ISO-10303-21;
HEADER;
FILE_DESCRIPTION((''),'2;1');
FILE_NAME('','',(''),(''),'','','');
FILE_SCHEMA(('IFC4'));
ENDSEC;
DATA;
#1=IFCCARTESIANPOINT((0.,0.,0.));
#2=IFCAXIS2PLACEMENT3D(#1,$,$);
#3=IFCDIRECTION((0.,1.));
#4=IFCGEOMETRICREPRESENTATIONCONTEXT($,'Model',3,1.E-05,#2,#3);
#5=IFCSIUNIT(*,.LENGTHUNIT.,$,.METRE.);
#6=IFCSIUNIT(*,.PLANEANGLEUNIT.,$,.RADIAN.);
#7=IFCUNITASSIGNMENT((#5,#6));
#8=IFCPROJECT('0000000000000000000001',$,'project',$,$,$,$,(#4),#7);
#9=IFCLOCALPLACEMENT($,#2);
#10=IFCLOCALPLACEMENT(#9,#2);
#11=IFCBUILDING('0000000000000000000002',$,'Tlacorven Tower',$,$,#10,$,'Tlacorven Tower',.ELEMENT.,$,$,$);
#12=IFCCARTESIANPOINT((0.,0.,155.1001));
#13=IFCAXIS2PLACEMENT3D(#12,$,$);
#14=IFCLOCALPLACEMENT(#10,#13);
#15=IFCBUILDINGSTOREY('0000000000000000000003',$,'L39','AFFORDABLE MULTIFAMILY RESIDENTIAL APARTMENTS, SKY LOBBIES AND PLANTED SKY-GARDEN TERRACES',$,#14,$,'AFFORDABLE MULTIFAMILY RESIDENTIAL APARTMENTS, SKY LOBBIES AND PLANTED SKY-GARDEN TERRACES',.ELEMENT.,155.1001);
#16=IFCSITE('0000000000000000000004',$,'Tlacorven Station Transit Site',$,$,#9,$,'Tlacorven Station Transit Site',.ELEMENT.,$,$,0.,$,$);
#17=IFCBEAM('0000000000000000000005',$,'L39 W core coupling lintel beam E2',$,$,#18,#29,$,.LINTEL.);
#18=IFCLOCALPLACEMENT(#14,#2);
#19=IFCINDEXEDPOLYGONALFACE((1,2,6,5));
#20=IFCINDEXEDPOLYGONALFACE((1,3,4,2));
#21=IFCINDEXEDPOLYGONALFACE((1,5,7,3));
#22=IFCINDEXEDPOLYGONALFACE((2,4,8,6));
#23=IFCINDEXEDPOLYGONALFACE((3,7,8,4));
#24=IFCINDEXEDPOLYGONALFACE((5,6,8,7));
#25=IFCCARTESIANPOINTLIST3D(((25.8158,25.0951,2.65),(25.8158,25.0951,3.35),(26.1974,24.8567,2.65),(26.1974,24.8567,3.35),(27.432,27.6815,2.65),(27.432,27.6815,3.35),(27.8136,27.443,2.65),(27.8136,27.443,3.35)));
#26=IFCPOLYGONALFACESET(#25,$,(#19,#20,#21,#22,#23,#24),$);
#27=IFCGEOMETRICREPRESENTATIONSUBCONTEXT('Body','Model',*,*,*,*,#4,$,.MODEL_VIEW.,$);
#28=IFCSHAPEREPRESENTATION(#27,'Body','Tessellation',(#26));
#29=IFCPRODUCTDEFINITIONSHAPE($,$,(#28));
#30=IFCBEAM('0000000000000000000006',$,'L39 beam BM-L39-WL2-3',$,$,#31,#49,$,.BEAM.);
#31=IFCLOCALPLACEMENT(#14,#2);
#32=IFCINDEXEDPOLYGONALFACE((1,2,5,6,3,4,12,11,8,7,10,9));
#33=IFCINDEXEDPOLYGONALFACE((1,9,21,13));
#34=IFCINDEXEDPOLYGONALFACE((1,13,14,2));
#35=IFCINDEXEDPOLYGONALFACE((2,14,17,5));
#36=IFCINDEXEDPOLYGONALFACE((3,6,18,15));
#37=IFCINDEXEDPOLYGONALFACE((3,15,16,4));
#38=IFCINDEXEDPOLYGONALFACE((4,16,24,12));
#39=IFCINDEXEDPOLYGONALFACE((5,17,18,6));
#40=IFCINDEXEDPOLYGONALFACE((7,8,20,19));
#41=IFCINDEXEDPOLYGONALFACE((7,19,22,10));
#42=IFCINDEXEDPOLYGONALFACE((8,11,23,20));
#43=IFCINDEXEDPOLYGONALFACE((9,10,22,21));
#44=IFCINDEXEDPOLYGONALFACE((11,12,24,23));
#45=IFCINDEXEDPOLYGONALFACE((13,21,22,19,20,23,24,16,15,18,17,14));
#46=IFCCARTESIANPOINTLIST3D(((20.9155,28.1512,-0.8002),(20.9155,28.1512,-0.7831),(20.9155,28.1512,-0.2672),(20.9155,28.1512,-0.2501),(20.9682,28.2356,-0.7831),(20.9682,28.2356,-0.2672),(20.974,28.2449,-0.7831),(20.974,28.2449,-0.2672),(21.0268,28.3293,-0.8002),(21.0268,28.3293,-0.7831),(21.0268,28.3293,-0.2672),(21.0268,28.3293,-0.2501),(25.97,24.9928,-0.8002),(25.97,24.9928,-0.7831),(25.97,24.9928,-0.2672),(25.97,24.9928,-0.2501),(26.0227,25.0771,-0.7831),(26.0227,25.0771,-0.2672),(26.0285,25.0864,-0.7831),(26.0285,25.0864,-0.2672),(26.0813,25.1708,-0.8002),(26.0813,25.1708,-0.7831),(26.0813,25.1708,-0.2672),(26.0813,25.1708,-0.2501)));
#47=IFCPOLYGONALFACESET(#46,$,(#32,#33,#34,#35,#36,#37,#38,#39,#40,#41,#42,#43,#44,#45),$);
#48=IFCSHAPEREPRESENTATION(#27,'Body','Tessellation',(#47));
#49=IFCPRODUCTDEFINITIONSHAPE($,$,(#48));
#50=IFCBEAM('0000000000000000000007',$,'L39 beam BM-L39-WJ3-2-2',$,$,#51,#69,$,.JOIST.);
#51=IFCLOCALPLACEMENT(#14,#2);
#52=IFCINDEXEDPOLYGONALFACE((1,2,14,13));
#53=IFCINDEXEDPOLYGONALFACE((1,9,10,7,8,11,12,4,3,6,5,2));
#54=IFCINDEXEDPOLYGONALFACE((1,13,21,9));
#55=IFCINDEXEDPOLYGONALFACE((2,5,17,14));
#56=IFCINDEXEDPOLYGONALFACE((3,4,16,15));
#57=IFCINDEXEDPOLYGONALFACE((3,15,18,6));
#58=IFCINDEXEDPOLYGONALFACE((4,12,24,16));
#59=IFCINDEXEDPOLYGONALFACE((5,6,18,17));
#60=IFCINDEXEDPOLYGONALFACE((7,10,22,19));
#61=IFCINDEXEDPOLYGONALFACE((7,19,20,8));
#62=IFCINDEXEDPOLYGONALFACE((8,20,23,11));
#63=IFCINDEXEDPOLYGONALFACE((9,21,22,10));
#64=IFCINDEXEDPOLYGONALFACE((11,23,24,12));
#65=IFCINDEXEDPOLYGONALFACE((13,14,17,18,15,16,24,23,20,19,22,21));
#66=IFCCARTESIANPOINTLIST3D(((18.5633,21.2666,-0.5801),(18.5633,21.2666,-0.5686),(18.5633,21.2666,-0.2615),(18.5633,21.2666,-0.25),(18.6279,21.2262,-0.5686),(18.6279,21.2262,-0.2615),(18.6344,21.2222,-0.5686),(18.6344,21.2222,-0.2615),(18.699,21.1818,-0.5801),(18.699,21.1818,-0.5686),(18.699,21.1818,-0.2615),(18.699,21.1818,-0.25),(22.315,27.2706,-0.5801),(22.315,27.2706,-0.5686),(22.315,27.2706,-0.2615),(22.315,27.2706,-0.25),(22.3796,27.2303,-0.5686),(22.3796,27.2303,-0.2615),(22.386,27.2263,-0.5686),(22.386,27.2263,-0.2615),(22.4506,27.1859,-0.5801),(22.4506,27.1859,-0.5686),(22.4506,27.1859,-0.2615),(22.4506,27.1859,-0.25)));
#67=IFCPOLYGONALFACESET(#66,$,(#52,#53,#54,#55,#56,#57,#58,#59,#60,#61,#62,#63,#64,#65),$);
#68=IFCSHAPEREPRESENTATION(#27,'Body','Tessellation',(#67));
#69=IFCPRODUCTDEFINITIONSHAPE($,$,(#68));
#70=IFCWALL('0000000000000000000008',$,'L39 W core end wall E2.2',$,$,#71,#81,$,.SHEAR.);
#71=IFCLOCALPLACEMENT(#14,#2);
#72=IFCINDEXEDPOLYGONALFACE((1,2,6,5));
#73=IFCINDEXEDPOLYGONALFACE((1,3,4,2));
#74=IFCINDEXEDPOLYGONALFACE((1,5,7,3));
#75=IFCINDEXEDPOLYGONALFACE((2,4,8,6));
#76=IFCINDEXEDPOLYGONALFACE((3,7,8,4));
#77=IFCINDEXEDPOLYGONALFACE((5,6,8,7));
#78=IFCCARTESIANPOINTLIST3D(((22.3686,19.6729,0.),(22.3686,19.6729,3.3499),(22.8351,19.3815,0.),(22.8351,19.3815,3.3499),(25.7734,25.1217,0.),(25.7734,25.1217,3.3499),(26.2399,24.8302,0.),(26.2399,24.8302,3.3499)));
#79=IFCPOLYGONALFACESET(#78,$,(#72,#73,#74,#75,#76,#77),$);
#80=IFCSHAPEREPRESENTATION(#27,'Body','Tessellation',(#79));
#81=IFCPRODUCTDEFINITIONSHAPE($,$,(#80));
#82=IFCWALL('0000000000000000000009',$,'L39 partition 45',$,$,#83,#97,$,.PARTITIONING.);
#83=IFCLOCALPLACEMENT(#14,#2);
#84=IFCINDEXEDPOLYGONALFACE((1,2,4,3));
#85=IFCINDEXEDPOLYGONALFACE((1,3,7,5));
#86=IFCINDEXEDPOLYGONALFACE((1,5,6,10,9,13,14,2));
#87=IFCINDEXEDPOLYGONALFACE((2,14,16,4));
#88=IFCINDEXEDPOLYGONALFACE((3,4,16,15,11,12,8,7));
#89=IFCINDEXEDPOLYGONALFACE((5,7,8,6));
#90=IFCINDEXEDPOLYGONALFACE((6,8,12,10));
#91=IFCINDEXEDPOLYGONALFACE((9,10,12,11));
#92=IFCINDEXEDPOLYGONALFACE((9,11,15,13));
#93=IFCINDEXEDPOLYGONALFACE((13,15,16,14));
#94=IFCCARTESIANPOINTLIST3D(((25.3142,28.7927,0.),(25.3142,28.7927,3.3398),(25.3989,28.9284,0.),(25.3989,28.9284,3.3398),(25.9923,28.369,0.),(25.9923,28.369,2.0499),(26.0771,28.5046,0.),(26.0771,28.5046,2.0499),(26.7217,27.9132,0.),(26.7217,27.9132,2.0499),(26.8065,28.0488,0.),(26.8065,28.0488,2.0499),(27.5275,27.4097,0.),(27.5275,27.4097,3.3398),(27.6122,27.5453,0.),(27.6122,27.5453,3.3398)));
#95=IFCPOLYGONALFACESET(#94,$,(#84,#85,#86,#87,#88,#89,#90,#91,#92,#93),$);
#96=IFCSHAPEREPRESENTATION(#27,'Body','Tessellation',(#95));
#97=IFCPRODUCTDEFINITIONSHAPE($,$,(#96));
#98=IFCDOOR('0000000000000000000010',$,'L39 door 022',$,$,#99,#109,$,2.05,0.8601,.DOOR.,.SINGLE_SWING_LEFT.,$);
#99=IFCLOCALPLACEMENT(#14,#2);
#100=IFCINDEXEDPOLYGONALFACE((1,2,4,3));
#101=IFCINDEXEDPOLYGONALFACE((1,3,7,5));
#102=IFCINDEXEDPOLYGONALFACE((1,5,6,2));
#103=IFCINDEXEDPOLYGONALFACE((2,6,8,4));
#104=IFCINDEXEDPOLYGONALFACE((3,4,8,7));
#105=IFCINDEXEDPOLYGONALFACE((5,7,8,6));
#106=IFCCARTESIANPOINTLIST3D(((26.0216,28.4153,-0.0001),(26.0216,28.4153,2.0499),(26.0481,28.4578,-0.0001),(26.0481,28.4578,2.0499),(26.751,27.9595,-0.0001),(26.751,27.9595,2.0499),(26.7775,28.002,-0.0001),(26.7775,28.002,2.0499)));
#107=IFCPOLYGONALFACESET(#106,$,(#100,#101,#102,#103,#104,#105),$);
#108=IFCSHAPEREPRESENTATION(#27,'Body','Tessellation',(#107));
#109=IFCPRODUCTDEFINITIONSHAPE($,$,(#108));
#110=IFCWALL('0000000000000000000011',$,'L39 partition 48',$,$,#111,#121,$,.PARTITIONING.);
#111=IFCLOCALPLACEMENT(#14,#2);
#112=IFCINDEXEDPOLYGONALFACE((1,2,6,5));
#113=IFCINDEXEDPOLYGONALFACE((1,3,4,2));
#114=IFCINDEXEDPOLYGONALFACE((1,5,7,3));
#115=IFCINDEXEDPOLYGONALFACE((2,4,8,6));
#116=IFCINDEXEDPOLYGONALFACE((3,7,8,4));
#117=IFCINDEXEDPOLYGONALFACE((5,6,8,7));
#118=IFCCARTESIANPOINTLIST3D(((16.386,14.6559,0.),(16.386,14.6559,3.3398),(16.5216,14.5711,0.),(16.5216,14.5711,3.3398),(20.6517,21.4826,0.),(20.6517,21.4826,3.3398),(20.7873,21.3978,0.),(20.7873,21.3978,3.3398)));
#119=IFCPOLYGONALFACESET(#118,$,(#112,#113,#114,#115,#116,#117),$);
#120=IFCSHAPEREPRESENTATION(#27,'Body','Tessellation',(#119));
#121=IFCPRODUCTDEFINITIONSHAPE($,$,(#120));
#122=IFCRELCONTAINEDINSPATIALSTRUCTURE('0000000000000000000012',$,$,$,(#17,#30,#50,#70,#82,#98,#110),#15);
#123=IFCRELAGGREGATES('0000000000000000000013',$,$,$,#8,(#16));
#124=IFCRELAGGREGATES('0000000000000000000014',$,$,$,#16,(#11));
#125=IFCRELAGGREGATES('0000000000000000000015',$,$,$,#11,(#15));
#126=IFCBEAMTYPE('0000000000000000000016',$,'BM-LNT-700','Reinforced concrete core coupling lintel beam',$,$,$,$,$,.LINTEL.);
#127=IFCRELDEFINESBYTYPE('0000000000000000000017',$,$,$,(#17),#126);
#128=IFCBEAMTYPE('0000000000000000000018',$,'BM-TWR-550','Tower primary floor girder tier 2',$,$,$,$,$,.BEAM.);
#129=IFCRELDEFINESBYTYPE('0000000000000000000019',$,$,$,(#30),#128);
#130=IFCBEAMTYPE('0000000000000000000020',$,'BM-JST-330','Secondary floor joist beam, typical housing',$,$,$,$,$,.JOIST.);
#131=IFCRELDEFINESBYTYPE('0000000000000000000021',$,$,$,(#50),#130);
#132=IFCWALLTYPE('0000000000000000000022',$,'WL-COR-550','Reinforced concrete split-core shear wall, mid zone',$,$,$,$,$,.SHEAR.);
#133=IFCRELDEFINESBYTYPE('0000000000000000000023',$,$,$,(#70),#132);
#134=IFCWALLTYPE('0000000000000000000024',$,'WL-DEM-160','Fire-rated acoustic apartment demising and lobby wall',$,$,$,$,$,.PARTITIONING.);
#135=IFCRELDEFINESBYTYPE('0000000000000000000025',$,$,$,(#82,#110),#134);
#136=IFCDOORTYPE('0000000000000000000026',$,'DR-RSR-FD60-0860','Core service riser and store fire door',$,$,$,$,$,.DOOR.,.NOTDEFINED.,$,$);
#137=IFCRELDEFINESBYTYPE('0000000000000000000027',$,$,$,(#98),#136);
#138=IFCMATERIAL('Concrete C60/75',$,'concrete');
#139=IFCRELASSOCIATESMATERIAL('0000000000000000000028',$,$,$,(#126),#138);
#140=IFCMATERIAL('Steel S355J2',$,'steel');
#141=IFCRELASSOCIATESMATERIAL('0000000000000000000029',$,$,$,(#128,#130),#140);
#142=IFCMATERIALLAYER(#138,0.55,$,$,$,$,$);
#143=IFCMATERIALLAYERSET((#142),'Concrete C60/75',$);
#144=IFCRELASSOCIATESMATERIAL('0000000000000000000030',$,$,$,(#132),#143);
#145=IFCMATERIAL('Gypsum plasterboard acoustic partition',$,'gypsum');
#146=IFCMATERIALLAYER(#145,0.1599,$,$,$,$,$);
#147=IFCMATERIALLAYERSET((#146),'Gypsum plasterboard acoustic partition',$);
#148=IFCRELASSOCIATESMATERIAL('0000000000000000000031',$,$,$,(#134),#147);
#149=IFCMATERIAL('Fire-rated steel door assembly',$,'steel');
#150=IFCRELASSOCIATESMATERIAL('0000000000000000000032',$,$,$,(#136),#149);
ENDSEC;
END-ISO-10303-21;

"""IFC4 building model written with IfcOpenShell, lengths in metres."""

from ifc_helpers import new_model, si_unit, direction, frame, frame_2d, origin, origin_2d, place, context, subcontext, project, spatial, rectangle, i_section, extrude, source, transform, mapped, material, layer, layer_set, material_profile, profile_set, type_object, element, fill, save


model = new_model("IFC4")

# Units and contexts
model_context = context("Model", 3, precision=1e-05, world=origin(), true_north=direction((0.0, 1.0)))
body_context = subcontext(model_context, "Body", "Model", "MODEL_VIEW")
ifc_project = project(units=[si_unit("LENGTHUNIT", "METRE"), si_unit("PLANEANGLEUNIT", "RADIAN")], contexts=[model_context])

# Site, building, storey
site_placement = place(None, origin())
site = spatial("IfcSite", under=ifc_project, at=site_placement, Name="Tlacorven Station Transit Site", LongName="Tlacorven Station Transit Site", CompositionType="ELEMENT", RefElevation=0.0)
building_placement = place(site_placement, origin())
building = spatial("IfcBuilding", under=site, at=building_placement, Name="Tlacorven Tower", LongName="Tlacorven Tower", CompositionType="ELEMENT")
storey_placement = place(building_placement, frame((0.0, 0.0, 155.1001)))
storey = spatial("IfcBuildingStorey", under=building, at=storey_placement, Name="L39", Description="AFFORDABLE MULTIFAMILY RESIDENTIAL APARTMENTS, SKY LOBBIES AND PLANTED SKY-GARDEN TERRACES", LongName="AFFORDABLE MULTIFAMILY RESIDENTIAL APARTMENTS, SKY LOBBIES AND PLANTED SKY-GARDEN TERRACES", CompositionType="ELEMENT", Elevation=155.1001)

# Beams
ifc_material_1 = material(Name="Concrete C60/75", Category="concrete")
ifc_material_profile_1 = material_profile(ifc_material_1, rectangle(XDim=0.45, YDim=0.7, at=origin_2d()), Name="RC 450X700")
ifc_profile_set_1 = profile_set([ifc_material_profile_1], Name="Concrete C60/75")
beam_type_1 = type_object("IfcBeamType", Name="BM-LNT-700", Description="Reinforced concrete core coupling lintel beam", PredefinedType="LINTEL", material=ifc_profile_set_1)
shared_shape_1 = source(origin(), body_context, "Body", "SweptSolid", [
    extrude(rectangle(XDim=0.45, YDim=0.7, at=origin_2d()), origin(), (0.0, 0.0, 1.0), 3.0498),
])
beam_1_placement = place(storey_placement, frame((27.6228, 27.5623, 3.0), z_axis=(-0.529927, -0.848043, 0.0), x_axis=(0.848043, -0.529927, 0.0)))
element("IfcBeam", 1, at=beam_1_placement, inside=storey, type_object=beam_type_1, Name="L39 W core coupling lintel beam E2", PredefinedType="LINTEL", context=body_context, shape_type="MappedRepresentation", body=[
    mapped(shared_shape_1, transform((0.0, 0.0, 0.0), scale=1.0)),
])
ifc_material_2 = material(Name="Steel S355J2", Category="steel")
ifc_material_profile_2 = material_profile(ifc_material_2, i_section(OverallWidth=0.21, OverallDepth=0.55, WebThickness=0.011, FlangeThickness=0.0171, at=origin_2d()), Name="IPE 550")
ifc_profile_set_2 = profile_set([ifc_material_profile_2], Name="Steel S355J2")
beam_type_2 = type_object("IfcBeamType", Name="BM-TWR-550", Description="Tower primary floor girder tier 2", PredefinedType="BEAM", material=ifc_profile_set_2)
shared_shape_2 = source(origin(), body_context, "Body", "SweptSolid", [
    extrude(i_section(OverallWidth=0.21, OverallDepth=0.55, WebThickness=0.011, FlangeThickness=0.0171, at=origin_2d()), origin(), (0.0, 0.0, 1.0), 5.9602),
])
beam_2_placement = place(storey_placement, frame((26.0256, 25.0818, -0.5251), z_axis=(-0.848042, 0.529929, 0.0), x_axis=(-0.529929, -0.848042, 0.0)))
element("IfcBeam", 2, at=beam_2_placement, inside=storey, type_object=beam_type_2, Name="L39 beam BM-L39-WL2-3", PredefinedType="BEAM", context=body_context, shape_type="MappedRepresentation", body=[
    mapped(shared_shape_2, transform((0.0, 0.0, 0.0), scale=1.0)),
])
ifc_material_profile_3 = material_profile(ifc_material_2, i_section(OverallWidth=0.1599, OverallDepth=0.3301, WebThickness=0.0076, FlangeThickness=0.0115, at=origin_2d()), Name="IPE 330")
ifc_profile_set_3 = profile_set([ifc_material_profile_3], Name="Steel S355J2")
beam_type_3 = type_object("IfcBeamType", Name="BM-JST-330", Description="Secondary floor joist beam, typical housing", PredefinedType="JOIST", material=ifc_profile_set_3)
shared_shape_3 = source(origin(), body_context, "Body", "SweptSolid", [
    extrude(i_section(OverallWidth=0.1599, OverallDepth=0.3301, WebThickness=0.0076, FlangeThickness=0.0115, at=origin_2d()), origin(), (0.0, 0.0, 1.0), 7.0798),
])
beam_3_placement = place(storey_placement, frame((22.3828, 27.2283, -0.415), z_axis=(-0.529909, -0.848054, 0.0), x_axis=(0.848054, -0.529909, 0.0)))
element("IfcBeam", 3, at=beam_3_placement, inside=storey, type_object=beam_type_3, Name="L39 beam BM-L39-WJ3-2-2", PredefinedType="JOIST", context=body_context, shape_type="MappedRepresentation", body=[
    mapped(shared_shape_3, transform((0.0, 0.0, 0.0), scale=1.0)),
])

# Wall
ifc_layer_1 = layer(ifc_material_1, 0.55)
ifc_layer_set_1 = layer_set([ifc_layer_1], Name="Concrete C60/75")
wall_type_1 = type_object("IfcWallType", Name="WL-COR-550", Description="Reinforced concrete split-core shear wall, mid zone", PredefinedType="SHEAR", material=ifc_layer_set_1)
wall_1_placement = place(storey_placement, frame((26.0066, 24.9758, 0.0), z_axis=(0.0, 0.0, 1.0), x_axis=(-0.529924, -0.848045, 0.0)))
element("IfcWall", 4, at=wall_1_placement, inside=storey, type_object=wall_type_1, Name="L39 W core end wall E2.2", PredefinedType="SHEAR", context=body_context, shape_type="SweptSolid", body=[
    extrude(rectangle(XDim=6.425, YDim=0.55, at=frame_2d((3.2124, 0.0))), origin(), (0.0, 0.0, 1.0), 3.3499),
])

# Wall, opening, door
ifc_material_3 = material(Name="Gypsum plasterboard acoustic partition", Category="gypsum")
ifc_layer_2 = layer(ifc_material_3, 0.1599)
ifc_layer_set_2 = layer_set([ifc_layer_2], Name="Gypsum plasterboard acoustic partition")
wall_type_2 = type_object("IfcWallType", Name="WL-DEM-160", Description="Fire-rated acoustic apartment demising and lobby wall", PredefinedType="PARTITIONING", material=ifc_layer_set_2)
wall_2_placement = place(storey_placement, frame((27.5698, 27.4775, 0.0), z_axis=(0.0, 0.0, 1.0), x_axis=(-0.848051, 0.529915, 0.0)))
wall_2 = element("IfcWall", 5, at=wall_2_placement, inside=storey, type_object=wall_type_2, Name="L39 partition 45", PredefinedType="PARTITIONING", context=body_context, shape_type="SweptSolid", body=[
    extrude(rectangle(XDim=2.6099, YDim=0.1599, at=frame_2d((1.3049, 0.0))), origin(), (0.0, 0.0, 1.0), 3.3398),
])
opening_1_placement = place(wall_2_placement, frame((0.95, 0.0, 0.0)))
opening_1 = element("IfcOpeningElement", 6, at=opening_1_placement, cuts=wall_2, PredefinedType="OPENING", context=body_context, shape_type="SweptSolid", body=[
    extrude(rectangle(XDim=0.8601, YDim=2.05, at=frame_2d((0.4302, 1.0249))), frame((0.0, 0.0898, 0.0), z_axis=(0.0, -1.0, 0.0), x_axis=(1.0, 0.0, 0.0)), (0.0, 0.0, 1.0), 0.1799),
])
ifc_material_4 = material(Name="Fire-rated steel door assembly", Category="steel")
door_type_1 = type_object("IfcDoorType", Name="DR-RSR-FD60-0860", Description="Core service riser and store fire door", OperationType="NOTDEFINED", PredefinedType="DOOR", material=ifc_material_4)
shared_shape_4 = source(origin(), body_context, "Body", "SweptSolid", [
    extrude(rectangle(XDim=0.8601, YDim=2.05, at=frame_2d((0.4302, 1.0249))), frame((0.0, 0.0249, 0.0), z_axis=(0.0, -1.0, 0.0), x_axis=(1.0, 0.0, 0.0)), (0.0, 0.0, 1.0), 0.05),
])
door_1_placement = place(opening_1_placement, frame((0.8601, 0.0, 0.0), z_axis=(0.0, 0.0, 1.0), x_axis=(-1.0, 0.0, 0.0)))
door_1 = element("IfcDoor", 7, at=door_1_placement, inside=storey, type_object=door_type_1, Name="L39 door 022", OperationType="SINGLE_SWING_LEFT", OverallHeight=2.05, OverallWidth=0.8601, PredefinedType="DOOR", context=body_context, shape_type="MappedRepresentation", body=[
    mapped(shared_shape_4, transform((0.0, 0.0, 0.0), scale=1.0)),
])
fill(opening_1, door_1)

# Wall
wall_3_placement = place(storey_placement, frame((20.7195, 21.4402, 0.0), z_axis=(0.0, 0.0, 1.0), x_axis=(-0.529906, -0.848056, 0.0)))
element("IfcWall", 8, at=wall_3_placement, inside=storey, type_object=wall_type_2, Name="L39 partition 48", PredefinedType="PARTITIONING", context=body_context, shape_type="SweptSolid", body=[
    extrude(rectangle(XDim=8.0498, YDim=0.1599, at=frame_2d((4.0249, 0.0))), origin(), (0.0, 0.0, 1.0), 3.3398),
])

save(model, "model.ifc")
